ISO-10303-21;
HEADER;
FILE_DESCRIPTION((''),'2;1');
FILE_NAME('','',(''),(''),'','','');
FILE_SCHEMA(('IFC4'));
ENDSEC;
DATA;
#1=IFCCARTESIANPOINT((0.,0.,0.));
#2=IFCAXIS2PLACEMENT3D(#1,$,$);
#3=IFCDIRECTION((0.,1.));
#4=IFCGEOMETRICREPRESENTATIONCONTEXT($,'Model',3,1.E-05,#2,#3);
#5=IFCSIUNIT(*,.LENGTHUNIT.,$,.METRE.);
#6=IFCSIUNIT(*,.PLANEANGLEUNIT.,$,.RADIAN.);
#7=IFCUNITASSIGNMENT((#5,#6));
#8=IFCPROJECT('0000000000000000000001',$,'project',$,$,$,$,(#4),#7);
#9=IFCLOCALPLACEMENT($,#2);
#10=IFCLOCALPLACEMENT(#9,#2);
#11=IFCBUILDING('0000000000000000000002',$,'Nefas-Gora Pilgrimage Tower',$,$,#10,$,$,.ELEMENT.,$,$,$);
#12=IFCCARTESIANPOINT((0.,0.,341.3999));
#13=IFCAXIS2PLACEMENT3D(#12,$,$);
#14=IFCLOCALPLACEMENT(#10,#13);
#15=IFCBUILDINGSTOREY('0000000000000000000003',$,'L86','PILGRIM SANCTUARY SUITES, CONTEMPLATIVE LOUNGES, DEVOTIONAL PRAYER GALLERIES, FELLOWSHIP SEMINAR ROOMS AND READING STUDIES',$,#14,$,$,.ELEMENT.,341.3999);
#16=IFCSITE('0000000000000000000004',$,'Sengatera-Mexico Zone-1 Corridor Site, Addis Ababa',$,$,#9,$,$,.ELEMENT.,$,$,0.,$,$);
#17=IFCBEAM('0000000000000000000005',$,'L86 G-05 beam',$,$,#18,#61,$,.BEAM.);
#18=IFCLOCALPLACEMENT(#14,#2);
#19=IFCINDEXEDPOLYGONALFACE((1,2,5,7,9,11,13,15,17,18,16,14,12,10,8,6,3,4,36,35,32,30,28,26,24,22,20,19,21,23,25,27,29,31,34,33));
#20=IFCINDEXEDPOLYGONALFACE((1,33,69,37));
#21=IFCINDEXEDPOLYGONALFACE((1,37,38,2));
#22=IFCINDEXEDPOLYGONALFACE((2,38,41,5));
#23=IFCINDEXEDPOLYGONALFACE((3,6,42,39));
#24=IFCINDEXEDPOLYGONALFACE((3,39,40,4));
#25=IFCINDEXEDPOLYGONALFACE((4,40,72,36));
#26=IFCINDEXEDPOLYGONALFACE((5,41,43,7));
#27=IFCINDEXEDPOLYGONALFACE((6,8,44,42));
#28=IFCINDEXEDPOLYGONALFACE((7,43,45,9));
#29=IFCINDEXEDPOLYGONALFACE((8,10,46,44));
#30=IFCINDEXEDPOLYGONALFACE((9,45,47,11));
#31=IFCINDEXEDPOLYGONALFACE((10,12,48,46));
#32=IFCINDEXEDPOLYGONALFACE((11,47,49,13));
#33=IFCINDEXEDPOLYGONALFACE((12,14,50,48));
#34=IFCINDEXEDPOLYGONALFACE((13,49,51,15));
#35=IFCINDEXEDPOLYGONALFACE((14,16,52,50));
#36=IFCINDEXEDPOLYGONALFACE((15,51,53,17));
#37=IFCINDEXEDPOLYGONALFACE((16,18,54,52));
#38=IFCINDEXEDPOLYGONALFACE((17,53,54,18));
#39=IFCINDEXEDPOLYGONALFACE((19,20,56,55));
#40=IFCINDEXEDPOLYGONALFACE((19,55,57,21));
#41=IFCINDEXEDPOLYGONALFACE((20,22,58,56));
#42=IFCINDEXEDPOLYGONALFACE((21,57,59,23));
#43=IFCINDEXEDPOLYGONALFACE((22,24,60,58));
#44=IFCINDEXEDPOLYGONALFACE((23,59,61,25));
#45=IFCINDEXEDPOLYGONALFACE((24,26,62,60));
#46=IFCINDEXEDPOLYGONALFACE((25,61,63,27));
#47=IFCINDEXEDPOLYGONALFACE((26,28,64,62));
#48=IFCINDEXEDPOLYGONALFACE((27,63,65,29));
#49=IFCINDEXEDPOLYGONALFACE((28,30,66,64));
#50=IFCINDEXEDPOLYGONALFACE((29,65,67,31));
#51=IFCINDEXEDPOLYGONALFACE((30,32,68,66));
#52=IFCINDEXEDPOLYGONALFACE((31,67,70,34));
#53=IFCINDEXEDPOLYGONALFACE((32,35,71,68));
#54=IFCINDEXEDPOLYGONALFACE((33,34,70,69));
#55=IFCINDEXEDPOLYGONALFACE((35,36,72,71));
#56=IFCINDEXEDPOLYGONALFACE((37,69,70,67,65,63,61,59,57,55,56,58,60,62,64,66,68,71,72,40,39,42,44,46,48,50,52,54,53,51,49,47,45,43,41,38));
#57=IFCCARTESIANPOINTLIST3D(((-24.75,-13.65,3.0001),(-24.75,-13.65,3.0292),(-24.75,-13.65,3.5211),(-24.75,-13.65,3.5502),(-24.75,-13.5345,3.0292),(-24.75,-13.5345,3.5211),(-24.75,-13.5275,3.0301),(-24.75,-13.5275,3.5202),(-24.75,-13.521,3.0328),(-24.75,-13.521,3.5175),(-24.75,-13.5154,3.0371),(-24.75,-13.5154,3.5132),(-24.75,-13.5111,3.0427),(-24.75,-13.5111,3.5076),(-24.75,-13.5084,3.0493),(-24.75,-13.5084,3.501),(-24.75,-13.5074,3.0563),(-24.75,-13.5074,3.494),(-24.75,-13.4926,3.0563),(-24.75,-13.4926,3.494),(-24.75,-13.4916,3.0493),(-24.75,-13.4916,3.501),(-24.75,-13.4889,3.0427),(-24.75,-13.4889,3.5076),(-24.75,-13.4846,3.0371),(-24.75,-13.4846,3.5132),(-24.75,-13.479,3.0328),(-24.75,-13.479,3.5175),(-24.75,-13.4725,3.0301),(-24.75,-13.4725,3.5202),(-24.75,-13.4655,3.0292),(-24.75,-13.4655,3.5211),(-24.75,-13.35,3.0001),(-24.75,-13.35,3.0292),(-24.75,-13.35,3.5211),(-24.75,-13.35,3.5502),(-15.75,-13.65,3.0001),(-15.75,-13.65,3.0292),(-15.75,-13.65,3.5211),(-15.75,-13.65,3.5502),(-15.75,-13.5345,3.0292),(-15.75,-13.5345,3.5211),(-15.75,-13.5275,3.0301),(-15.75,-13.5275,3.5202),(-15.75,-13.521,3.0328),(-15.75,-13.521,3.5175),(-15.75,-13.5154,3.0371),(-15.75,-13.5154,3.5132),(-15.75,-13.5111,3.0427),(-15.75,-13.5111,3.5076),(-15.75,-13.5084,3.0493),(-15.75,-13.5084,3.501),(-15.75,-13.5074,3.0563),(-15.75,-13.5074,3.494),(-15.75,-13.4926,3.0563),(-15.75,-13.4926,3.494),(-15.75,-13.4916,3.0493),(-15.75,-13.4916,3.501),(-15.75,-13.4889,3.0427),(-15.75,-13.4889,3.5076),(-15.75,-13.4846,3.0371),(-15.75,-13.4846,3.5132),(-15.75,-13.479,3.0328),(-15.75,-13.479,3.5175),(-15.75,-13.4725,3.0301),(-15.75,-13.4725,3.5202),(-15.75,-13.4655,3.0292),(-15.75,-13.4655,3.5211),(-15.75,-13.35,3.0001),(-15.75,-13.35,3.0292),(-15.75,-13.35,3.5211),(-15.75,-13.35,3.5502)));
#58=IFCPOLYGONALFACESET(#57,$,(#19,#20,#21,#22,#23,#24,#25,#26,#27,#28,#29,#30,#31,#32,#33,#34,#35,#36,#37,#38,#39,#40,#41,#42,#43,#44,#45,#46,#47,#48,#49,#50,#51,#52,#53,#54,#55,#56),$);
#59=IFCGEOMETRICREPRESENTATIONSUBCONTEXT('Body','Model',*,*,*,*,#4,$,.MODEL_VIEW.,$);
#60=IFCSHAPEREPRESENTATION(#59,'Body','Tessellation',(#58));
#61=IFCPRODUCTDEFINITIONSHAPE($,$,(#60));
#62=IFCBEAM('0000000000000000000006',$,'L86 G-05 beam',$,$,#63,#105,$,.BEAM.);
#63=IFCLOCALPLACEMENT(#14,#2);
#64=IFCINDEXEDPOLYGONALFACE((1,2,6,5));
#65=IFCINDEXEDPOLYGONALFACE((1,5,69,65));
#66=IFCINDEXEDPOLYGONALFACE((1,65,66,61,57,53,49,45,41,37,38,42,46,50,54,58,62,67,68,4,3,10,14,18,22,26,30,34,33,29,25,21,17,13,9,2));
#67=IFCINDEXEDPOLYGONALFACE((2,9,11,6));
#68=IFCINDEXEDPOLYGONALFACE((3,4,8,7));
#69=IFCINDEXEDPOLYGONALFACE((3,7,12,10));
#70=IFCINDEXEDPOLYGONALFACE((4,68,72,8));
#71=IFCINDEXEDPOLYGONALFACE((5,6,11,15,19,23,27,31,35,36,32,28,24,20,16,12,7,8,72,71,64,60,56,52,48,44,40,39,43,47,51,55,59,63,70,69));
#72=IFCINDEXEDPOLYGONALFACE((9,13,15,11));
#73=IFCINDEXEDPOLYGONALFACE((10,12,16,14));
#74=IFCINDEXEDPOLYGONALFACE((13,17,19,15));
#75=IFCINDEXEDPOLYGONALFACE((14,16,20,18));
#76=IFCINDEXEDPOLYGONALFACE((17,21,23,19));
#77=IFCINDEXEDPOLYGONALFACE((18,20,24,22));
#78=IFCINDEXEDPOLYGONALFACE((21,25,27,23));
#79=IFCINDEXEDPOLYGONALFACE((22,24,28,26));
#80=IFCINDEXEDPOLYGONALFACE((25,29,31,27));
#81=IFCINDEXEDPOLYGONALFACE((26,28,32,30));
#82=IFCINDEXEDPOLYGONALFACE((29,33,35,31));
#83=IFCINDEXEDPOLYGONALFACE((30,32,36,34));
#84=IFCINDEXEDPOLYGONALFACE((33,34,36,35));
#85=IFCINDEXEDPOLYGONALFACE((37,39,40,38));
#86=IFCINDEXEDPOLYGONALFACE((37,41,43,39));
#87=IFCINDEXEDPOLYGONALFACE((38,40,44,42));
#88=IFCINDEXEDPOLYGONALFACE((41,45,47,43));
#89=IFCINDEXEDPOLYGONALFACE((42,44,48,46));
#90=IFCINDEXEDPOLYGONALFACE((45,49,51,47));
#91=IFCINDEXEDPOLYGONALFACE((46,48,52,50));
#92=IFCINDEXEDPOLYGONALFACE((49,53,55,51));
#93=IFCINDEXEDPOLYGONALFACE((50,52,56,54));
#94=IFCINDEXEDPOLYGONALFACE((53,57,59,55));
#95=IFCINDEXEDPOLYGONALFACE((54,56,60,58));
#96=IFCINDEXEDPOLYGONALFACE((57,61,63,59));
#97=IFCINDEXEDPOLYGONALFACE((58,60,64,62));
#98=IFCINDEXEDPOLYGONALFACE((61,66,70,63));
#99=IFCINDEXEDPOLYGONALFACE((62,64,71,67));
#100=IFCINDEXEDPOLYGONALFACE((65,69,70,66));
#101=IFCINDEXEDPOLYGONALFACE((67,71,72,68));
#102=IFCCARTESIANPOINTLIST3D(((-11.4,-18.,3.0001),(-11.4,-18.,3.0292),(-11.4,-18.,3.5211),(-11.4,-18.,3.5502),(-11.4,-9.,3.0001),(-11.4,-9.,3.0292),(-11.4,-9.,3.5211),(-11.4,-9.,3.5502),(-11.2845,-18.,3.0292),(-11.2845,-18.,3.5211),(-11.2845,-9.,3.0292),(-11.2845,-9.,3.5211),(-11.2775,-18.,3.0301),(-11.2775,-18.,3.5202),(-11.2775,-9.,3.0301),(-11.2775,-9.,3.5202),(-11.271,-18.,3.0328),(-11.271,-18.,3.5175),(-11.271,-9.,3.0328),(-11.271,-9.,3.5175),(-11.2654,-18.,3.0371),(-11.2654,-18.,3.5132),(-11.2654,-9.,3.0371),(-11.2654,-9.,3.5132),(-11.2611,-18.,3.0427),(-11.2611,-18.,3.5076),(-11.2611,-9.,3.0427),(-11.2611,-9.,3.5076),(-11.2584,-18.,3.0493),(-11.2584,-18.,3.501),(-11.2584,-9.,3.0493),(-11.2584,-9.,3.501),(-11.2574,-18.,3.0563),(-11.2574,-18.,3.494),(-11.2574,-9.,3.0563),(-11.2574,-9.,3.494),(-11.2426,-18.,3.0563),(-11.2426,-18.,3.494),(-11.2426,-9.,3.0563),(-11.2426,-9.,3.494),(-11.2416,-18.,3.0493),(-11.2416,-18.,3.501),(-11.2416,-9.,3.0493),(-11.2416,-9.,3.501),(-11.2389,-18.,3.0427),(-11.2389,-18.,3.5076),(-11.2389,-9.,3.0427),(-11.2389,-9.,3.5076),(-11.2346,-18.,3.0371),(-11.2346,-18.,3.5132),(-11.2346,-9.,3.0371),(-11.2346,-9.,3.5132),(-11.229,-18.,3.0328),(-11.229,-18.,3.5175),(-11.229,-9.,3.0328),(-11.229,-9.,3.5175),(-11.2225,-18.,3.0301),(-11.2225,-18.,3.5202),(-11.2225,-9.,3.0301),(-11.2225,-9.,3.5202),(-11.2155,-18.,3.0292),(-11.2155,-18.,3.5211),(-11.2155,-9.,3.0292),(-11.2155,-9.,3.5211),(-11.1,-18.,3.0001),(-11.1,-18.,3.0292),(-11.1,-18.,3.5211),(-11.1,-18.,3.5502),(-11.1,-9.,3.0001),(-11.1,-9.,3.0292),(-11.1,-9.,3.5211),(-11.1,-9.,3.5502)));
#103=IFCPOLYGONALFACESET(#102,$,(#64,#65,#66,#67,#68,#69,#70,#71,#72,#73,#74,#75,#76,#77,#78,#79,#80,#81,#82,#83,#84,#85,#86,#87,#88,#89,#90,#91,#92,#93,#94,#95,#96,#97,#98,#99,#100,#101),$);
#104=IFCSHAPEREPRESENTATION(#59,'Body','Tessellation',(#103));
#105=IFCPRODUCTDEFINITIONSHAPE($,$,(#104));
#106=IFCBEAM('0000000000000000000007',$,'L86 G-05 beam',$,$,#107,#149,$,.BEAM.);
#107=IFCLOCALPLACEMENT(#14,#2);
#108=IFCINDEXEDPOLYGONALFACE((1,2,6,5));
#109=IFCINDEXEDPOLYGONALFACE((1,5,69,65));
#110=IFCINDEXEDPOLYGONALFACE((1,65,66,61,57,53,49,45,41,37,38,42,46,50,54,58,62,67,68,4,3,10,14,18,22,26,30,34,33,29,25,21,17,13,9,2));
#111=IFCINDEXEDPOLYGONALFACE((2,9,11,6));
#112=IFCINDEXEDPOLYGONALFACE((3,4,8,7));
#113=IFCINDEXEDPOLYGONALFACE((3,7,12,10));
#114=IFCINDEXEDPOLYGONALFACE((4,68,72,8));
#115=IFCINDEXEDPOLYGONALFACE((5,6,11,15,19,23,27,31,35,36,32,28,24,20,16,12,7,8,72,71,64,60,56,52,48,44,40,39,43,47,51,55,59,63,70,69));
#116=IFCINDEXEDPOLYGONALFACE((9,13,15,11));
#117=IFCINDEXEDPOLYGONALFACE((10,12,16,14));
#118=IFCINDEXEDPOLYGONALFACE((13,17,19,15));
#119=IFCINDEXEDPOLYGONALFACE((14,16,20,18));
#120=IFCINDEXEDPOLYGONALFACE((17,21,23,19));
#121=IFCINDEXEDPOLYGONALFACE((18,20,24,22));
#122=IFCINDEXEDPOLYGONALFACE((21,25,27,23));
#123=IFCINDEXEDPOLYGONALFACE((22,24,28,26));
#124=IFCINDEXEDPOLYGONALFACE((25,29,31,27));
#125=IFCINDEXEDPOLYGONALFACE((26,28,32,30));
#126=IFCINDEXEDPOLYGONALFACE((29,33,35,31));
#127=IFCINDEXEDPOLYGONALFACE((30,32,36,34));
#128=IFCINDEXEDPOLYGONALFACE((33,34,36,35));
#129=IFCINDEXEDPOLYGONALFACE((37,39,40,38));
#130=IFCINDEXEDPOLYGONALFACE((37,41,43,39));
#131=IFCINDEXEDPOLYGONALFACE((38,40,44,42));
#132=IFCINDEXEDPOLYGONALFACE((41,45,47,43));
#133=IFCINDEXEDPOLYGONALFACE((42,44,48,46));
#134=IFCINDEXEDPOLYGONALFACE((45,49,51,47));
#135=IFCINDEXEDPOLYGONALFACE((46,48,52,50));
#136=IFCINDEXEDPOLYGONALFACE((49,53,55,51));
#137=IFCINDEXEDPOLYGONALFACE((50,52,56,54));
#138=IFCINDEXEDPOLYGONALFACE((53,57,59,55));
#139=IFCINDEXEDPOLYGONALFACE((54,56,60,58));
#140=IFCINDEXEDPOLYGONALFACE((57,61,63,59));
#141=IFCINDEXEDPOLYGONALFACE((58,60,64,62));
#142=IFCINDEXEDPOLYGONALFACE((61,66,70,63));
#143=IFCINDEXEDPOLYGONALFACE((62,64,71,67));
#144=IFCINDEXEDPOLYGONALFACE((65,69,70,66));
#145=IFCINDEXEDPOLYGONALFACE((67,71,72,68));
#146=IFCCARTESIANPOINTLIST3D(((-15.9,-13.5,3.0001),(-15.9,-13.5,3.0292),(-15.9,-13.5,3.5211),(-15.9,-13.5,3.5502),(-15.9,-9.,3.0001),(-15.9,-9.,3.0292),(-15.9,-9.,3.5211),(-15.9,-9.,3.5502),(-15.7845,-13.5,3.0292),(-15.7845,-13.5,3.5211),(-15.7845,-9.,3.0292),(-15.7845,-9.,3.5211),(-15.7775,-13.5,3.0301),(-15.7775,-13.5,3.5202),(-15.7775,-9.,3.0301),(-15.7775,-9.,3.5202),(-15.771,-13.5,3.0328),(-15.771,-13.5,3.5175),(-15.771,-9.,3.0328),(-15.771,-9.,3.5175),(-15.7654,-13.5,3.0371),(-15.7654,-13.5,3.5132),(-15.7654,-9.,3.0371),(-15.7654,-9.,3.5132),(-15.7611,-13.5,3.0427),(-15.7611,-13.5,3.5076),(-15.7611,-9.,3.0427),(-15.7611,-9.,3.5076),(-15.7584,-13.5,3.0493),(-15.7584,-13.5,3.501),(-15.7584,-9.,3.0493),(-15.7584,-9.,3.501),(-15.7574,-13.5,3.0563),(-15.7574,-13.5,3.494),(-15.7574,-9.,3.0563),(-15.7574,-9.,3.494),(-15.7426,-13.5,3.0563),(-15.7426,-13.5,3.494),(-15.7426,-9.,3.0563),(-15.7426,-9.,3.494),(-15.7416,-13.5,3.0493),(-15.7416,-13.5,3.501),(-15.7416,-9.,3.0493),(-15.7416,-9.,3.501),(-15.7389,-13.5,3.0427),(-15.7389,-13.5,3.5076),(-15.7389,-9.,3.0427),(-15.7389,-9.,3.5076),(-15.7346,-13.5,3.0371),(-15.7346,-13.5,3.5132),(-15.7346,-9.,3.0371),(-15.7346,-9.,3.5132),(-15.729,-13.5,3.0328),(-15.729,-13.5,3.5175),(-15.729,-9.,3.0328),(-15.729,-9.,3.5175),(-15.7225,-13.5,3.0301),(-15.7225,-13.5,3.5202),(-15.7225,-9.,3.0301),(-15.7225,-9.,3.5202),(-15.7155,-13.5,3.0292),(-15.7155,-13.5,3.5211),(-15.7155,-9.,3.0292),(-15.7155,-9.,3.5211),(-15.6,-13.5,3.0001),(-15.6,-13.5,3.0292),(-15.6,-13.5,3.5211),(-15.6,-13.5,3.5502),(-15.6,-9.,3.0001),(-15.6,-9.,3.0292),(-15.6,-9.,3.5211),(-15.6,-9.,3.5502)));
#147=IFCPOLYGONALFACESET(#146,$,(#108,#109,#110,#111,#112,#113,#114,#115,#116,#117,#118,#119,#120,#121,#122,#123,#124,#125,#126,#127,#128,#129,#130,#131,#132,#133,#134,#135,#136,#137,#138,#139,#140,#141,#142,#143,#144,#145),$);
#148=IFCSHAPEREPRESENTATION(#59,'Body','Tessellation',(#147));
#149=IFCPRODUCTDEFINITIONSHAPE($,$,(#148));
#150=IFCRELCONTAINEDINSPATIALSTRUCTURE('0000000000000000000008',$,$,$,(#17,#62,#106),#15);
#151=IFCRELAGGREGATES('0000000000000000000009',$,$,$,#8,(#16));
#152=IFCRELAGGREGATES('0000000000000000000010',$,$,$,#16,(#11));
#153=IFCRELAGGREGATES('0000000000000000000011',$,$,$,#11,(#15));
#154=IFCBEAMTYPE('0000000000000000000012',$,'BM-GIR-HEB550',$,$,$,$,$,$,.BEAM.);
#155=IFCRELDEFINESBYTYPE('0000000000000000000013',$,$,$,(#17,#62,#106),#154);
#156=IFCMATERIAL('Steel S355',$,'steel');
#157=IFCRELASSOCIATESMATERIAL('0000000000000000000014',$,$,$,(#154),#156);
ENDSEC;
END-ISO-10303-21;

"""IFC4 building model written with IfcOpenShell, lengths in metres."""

from ifc_helpers import new_model, si_unit, direction, frame, origin, origin_2d, place, context, subcontext, project, spatial, i_section, extrude, source, transform, mapped, material, material_profile, profile_set, type_object, element, save


model = new_model("IFC4")

# Units and contexts
model_context = context("Model", 3, precision=1e-05, world=origin(), true_north=direction((0.0, 1.0)))
body_context = subcontext(model_context, "Body", "Model", "MODEL_VIEW")
ifc_project = project(units=[si_unit("LENGTHUNIT", "METRE"), si_unit("PLANEANGLEUNIT", "RADIAN")], contexts=[model_context])

# Site, building, storey
site_placement = place(None, origin())
site = spatial("IfcSite", under=ifc_project, at=site_placement, Name="Sengatera-Mexico Zone-1 Corridor Site, Addis Ababa", CompositionType="ELEMENT", RefElevation=0.0)
building_placement = place(site_placement, origin())
building = spatial("IfcBuilding", under=site, at=building_placement, Name="Nefas-Gora Pilgrimage Tower", CompositionType="ELEMENT")
storey_placement = place(building_placement, frame((0.0, 0.0, 341.3999)))
storey = spatial("IfcBuildingStorey", under=building, at=storey_placement, Name="L86", Description="PILGRIM SANCTUARY SUITES, CONTEMPLATIVE LOUNGES, DEVOTIONAL PRAYER GALLERIES, FELLOWSHIP SEMINAR ROOMS AND READING STUDIES", CompositionType="ELEMENT", Elevation=341.3999)

# Shared definitions
ifc_material_1 = material(Name="Steel S355", Category="steel")

# Beams
ifc_material_profile_1 = material_profile(ifc_material_1, i_section(OverallWidth=0.3, OverallDepth=0.55, WebThickness=0.0149, FlangeThickness=0.0291, FilletRadius=0.0271, at=origin_2d()), Name="HEB 550")
ifc_profile_set_1 = profile_set([ifc_material_profile_1], Name="Steel S355")
beam_type_1 = type_object("IfcBeamType", Name="BM-GIR-HEB550", PredefinedType="BEAM", material=ifc_profile_set_1)
shared_shape_1 = source(origin(), body_context, "Body", "SweptSolid", [
    extrude(i_section(OverallWidth=0.3, OverallDepth=0.55, WebThickness=0.0149, FlangeThickness=0.0291, FilletRadius=0.0271, at=origin_2d()), origin(), (0.0, 0.0, 1.0), 9.0),
])
for number, where, z_axis, x_axis, name in (
    (1, (-24.75, -13.5, 3.2751), (1.0, 0.0, 0.0), (0.0, 1.0, 0.0), "L86 G-05 beam"),
    (2, (-11.25, -18.0, 3.2751), (0.0, 1.0, 0.0), (-1.0, 0.0, 0.0), "L86 G-05 beam"),
):
    element("IfcBeam", number, at=place(storey_placement, frame(where, z_axis=z_axis, x_axis=x_axis)), inside=storey, type_object=beam_type_1, Name=name, PredefinedType="BEAM", context=body_context, shape_type="MappedRepresentation", body=[
        mapped(shared_shape_1, transform((0.0, 0.0, 0.0), x_axis=(1.0, 0.0, 0.0), y_axis=(0.0, 1.0, 0.0), z_axis=(0.0, 0.0, 1.0), scale=1.0)),
    ])
shared_shape_2 = source(origin(), body_context, "Body", "SweptSolid", [
    extrude(i_section(OverallWidth=0.3, OverallDepth=0.55, WebThickness=0.0149, FlangeThickness=0.0291, FilletRadius=0.0271, at=origin_2d()), origin(), (0.0, 0.0, 1.0), 4.5),
])
beam_placement = place(storey_placement, frame((-15.75, -13.5, 3.2751), z_axis=(0.0, 1.0, 0.0), x_axis=(-1.0, 0.0, 0.0)))
element("IfcBeam", 3, at=beam_placement, inside=storey, type_object=beam_type_1, Name="L86 G-05 beam", PredefinedType="BEAM", context=body_context, shape_type="MappedRepresentation", body=[
    mapped(shared_shape_2, transform((0.0, 0.0, 0.0), x_axis=(1.0, 0.0, 0.0), y_axis=(0.0, 1.0, 0.0), z_axis=(0.0, 0.0, 1.0), scale=1.0)),
])

save(model, "model.ifc")
